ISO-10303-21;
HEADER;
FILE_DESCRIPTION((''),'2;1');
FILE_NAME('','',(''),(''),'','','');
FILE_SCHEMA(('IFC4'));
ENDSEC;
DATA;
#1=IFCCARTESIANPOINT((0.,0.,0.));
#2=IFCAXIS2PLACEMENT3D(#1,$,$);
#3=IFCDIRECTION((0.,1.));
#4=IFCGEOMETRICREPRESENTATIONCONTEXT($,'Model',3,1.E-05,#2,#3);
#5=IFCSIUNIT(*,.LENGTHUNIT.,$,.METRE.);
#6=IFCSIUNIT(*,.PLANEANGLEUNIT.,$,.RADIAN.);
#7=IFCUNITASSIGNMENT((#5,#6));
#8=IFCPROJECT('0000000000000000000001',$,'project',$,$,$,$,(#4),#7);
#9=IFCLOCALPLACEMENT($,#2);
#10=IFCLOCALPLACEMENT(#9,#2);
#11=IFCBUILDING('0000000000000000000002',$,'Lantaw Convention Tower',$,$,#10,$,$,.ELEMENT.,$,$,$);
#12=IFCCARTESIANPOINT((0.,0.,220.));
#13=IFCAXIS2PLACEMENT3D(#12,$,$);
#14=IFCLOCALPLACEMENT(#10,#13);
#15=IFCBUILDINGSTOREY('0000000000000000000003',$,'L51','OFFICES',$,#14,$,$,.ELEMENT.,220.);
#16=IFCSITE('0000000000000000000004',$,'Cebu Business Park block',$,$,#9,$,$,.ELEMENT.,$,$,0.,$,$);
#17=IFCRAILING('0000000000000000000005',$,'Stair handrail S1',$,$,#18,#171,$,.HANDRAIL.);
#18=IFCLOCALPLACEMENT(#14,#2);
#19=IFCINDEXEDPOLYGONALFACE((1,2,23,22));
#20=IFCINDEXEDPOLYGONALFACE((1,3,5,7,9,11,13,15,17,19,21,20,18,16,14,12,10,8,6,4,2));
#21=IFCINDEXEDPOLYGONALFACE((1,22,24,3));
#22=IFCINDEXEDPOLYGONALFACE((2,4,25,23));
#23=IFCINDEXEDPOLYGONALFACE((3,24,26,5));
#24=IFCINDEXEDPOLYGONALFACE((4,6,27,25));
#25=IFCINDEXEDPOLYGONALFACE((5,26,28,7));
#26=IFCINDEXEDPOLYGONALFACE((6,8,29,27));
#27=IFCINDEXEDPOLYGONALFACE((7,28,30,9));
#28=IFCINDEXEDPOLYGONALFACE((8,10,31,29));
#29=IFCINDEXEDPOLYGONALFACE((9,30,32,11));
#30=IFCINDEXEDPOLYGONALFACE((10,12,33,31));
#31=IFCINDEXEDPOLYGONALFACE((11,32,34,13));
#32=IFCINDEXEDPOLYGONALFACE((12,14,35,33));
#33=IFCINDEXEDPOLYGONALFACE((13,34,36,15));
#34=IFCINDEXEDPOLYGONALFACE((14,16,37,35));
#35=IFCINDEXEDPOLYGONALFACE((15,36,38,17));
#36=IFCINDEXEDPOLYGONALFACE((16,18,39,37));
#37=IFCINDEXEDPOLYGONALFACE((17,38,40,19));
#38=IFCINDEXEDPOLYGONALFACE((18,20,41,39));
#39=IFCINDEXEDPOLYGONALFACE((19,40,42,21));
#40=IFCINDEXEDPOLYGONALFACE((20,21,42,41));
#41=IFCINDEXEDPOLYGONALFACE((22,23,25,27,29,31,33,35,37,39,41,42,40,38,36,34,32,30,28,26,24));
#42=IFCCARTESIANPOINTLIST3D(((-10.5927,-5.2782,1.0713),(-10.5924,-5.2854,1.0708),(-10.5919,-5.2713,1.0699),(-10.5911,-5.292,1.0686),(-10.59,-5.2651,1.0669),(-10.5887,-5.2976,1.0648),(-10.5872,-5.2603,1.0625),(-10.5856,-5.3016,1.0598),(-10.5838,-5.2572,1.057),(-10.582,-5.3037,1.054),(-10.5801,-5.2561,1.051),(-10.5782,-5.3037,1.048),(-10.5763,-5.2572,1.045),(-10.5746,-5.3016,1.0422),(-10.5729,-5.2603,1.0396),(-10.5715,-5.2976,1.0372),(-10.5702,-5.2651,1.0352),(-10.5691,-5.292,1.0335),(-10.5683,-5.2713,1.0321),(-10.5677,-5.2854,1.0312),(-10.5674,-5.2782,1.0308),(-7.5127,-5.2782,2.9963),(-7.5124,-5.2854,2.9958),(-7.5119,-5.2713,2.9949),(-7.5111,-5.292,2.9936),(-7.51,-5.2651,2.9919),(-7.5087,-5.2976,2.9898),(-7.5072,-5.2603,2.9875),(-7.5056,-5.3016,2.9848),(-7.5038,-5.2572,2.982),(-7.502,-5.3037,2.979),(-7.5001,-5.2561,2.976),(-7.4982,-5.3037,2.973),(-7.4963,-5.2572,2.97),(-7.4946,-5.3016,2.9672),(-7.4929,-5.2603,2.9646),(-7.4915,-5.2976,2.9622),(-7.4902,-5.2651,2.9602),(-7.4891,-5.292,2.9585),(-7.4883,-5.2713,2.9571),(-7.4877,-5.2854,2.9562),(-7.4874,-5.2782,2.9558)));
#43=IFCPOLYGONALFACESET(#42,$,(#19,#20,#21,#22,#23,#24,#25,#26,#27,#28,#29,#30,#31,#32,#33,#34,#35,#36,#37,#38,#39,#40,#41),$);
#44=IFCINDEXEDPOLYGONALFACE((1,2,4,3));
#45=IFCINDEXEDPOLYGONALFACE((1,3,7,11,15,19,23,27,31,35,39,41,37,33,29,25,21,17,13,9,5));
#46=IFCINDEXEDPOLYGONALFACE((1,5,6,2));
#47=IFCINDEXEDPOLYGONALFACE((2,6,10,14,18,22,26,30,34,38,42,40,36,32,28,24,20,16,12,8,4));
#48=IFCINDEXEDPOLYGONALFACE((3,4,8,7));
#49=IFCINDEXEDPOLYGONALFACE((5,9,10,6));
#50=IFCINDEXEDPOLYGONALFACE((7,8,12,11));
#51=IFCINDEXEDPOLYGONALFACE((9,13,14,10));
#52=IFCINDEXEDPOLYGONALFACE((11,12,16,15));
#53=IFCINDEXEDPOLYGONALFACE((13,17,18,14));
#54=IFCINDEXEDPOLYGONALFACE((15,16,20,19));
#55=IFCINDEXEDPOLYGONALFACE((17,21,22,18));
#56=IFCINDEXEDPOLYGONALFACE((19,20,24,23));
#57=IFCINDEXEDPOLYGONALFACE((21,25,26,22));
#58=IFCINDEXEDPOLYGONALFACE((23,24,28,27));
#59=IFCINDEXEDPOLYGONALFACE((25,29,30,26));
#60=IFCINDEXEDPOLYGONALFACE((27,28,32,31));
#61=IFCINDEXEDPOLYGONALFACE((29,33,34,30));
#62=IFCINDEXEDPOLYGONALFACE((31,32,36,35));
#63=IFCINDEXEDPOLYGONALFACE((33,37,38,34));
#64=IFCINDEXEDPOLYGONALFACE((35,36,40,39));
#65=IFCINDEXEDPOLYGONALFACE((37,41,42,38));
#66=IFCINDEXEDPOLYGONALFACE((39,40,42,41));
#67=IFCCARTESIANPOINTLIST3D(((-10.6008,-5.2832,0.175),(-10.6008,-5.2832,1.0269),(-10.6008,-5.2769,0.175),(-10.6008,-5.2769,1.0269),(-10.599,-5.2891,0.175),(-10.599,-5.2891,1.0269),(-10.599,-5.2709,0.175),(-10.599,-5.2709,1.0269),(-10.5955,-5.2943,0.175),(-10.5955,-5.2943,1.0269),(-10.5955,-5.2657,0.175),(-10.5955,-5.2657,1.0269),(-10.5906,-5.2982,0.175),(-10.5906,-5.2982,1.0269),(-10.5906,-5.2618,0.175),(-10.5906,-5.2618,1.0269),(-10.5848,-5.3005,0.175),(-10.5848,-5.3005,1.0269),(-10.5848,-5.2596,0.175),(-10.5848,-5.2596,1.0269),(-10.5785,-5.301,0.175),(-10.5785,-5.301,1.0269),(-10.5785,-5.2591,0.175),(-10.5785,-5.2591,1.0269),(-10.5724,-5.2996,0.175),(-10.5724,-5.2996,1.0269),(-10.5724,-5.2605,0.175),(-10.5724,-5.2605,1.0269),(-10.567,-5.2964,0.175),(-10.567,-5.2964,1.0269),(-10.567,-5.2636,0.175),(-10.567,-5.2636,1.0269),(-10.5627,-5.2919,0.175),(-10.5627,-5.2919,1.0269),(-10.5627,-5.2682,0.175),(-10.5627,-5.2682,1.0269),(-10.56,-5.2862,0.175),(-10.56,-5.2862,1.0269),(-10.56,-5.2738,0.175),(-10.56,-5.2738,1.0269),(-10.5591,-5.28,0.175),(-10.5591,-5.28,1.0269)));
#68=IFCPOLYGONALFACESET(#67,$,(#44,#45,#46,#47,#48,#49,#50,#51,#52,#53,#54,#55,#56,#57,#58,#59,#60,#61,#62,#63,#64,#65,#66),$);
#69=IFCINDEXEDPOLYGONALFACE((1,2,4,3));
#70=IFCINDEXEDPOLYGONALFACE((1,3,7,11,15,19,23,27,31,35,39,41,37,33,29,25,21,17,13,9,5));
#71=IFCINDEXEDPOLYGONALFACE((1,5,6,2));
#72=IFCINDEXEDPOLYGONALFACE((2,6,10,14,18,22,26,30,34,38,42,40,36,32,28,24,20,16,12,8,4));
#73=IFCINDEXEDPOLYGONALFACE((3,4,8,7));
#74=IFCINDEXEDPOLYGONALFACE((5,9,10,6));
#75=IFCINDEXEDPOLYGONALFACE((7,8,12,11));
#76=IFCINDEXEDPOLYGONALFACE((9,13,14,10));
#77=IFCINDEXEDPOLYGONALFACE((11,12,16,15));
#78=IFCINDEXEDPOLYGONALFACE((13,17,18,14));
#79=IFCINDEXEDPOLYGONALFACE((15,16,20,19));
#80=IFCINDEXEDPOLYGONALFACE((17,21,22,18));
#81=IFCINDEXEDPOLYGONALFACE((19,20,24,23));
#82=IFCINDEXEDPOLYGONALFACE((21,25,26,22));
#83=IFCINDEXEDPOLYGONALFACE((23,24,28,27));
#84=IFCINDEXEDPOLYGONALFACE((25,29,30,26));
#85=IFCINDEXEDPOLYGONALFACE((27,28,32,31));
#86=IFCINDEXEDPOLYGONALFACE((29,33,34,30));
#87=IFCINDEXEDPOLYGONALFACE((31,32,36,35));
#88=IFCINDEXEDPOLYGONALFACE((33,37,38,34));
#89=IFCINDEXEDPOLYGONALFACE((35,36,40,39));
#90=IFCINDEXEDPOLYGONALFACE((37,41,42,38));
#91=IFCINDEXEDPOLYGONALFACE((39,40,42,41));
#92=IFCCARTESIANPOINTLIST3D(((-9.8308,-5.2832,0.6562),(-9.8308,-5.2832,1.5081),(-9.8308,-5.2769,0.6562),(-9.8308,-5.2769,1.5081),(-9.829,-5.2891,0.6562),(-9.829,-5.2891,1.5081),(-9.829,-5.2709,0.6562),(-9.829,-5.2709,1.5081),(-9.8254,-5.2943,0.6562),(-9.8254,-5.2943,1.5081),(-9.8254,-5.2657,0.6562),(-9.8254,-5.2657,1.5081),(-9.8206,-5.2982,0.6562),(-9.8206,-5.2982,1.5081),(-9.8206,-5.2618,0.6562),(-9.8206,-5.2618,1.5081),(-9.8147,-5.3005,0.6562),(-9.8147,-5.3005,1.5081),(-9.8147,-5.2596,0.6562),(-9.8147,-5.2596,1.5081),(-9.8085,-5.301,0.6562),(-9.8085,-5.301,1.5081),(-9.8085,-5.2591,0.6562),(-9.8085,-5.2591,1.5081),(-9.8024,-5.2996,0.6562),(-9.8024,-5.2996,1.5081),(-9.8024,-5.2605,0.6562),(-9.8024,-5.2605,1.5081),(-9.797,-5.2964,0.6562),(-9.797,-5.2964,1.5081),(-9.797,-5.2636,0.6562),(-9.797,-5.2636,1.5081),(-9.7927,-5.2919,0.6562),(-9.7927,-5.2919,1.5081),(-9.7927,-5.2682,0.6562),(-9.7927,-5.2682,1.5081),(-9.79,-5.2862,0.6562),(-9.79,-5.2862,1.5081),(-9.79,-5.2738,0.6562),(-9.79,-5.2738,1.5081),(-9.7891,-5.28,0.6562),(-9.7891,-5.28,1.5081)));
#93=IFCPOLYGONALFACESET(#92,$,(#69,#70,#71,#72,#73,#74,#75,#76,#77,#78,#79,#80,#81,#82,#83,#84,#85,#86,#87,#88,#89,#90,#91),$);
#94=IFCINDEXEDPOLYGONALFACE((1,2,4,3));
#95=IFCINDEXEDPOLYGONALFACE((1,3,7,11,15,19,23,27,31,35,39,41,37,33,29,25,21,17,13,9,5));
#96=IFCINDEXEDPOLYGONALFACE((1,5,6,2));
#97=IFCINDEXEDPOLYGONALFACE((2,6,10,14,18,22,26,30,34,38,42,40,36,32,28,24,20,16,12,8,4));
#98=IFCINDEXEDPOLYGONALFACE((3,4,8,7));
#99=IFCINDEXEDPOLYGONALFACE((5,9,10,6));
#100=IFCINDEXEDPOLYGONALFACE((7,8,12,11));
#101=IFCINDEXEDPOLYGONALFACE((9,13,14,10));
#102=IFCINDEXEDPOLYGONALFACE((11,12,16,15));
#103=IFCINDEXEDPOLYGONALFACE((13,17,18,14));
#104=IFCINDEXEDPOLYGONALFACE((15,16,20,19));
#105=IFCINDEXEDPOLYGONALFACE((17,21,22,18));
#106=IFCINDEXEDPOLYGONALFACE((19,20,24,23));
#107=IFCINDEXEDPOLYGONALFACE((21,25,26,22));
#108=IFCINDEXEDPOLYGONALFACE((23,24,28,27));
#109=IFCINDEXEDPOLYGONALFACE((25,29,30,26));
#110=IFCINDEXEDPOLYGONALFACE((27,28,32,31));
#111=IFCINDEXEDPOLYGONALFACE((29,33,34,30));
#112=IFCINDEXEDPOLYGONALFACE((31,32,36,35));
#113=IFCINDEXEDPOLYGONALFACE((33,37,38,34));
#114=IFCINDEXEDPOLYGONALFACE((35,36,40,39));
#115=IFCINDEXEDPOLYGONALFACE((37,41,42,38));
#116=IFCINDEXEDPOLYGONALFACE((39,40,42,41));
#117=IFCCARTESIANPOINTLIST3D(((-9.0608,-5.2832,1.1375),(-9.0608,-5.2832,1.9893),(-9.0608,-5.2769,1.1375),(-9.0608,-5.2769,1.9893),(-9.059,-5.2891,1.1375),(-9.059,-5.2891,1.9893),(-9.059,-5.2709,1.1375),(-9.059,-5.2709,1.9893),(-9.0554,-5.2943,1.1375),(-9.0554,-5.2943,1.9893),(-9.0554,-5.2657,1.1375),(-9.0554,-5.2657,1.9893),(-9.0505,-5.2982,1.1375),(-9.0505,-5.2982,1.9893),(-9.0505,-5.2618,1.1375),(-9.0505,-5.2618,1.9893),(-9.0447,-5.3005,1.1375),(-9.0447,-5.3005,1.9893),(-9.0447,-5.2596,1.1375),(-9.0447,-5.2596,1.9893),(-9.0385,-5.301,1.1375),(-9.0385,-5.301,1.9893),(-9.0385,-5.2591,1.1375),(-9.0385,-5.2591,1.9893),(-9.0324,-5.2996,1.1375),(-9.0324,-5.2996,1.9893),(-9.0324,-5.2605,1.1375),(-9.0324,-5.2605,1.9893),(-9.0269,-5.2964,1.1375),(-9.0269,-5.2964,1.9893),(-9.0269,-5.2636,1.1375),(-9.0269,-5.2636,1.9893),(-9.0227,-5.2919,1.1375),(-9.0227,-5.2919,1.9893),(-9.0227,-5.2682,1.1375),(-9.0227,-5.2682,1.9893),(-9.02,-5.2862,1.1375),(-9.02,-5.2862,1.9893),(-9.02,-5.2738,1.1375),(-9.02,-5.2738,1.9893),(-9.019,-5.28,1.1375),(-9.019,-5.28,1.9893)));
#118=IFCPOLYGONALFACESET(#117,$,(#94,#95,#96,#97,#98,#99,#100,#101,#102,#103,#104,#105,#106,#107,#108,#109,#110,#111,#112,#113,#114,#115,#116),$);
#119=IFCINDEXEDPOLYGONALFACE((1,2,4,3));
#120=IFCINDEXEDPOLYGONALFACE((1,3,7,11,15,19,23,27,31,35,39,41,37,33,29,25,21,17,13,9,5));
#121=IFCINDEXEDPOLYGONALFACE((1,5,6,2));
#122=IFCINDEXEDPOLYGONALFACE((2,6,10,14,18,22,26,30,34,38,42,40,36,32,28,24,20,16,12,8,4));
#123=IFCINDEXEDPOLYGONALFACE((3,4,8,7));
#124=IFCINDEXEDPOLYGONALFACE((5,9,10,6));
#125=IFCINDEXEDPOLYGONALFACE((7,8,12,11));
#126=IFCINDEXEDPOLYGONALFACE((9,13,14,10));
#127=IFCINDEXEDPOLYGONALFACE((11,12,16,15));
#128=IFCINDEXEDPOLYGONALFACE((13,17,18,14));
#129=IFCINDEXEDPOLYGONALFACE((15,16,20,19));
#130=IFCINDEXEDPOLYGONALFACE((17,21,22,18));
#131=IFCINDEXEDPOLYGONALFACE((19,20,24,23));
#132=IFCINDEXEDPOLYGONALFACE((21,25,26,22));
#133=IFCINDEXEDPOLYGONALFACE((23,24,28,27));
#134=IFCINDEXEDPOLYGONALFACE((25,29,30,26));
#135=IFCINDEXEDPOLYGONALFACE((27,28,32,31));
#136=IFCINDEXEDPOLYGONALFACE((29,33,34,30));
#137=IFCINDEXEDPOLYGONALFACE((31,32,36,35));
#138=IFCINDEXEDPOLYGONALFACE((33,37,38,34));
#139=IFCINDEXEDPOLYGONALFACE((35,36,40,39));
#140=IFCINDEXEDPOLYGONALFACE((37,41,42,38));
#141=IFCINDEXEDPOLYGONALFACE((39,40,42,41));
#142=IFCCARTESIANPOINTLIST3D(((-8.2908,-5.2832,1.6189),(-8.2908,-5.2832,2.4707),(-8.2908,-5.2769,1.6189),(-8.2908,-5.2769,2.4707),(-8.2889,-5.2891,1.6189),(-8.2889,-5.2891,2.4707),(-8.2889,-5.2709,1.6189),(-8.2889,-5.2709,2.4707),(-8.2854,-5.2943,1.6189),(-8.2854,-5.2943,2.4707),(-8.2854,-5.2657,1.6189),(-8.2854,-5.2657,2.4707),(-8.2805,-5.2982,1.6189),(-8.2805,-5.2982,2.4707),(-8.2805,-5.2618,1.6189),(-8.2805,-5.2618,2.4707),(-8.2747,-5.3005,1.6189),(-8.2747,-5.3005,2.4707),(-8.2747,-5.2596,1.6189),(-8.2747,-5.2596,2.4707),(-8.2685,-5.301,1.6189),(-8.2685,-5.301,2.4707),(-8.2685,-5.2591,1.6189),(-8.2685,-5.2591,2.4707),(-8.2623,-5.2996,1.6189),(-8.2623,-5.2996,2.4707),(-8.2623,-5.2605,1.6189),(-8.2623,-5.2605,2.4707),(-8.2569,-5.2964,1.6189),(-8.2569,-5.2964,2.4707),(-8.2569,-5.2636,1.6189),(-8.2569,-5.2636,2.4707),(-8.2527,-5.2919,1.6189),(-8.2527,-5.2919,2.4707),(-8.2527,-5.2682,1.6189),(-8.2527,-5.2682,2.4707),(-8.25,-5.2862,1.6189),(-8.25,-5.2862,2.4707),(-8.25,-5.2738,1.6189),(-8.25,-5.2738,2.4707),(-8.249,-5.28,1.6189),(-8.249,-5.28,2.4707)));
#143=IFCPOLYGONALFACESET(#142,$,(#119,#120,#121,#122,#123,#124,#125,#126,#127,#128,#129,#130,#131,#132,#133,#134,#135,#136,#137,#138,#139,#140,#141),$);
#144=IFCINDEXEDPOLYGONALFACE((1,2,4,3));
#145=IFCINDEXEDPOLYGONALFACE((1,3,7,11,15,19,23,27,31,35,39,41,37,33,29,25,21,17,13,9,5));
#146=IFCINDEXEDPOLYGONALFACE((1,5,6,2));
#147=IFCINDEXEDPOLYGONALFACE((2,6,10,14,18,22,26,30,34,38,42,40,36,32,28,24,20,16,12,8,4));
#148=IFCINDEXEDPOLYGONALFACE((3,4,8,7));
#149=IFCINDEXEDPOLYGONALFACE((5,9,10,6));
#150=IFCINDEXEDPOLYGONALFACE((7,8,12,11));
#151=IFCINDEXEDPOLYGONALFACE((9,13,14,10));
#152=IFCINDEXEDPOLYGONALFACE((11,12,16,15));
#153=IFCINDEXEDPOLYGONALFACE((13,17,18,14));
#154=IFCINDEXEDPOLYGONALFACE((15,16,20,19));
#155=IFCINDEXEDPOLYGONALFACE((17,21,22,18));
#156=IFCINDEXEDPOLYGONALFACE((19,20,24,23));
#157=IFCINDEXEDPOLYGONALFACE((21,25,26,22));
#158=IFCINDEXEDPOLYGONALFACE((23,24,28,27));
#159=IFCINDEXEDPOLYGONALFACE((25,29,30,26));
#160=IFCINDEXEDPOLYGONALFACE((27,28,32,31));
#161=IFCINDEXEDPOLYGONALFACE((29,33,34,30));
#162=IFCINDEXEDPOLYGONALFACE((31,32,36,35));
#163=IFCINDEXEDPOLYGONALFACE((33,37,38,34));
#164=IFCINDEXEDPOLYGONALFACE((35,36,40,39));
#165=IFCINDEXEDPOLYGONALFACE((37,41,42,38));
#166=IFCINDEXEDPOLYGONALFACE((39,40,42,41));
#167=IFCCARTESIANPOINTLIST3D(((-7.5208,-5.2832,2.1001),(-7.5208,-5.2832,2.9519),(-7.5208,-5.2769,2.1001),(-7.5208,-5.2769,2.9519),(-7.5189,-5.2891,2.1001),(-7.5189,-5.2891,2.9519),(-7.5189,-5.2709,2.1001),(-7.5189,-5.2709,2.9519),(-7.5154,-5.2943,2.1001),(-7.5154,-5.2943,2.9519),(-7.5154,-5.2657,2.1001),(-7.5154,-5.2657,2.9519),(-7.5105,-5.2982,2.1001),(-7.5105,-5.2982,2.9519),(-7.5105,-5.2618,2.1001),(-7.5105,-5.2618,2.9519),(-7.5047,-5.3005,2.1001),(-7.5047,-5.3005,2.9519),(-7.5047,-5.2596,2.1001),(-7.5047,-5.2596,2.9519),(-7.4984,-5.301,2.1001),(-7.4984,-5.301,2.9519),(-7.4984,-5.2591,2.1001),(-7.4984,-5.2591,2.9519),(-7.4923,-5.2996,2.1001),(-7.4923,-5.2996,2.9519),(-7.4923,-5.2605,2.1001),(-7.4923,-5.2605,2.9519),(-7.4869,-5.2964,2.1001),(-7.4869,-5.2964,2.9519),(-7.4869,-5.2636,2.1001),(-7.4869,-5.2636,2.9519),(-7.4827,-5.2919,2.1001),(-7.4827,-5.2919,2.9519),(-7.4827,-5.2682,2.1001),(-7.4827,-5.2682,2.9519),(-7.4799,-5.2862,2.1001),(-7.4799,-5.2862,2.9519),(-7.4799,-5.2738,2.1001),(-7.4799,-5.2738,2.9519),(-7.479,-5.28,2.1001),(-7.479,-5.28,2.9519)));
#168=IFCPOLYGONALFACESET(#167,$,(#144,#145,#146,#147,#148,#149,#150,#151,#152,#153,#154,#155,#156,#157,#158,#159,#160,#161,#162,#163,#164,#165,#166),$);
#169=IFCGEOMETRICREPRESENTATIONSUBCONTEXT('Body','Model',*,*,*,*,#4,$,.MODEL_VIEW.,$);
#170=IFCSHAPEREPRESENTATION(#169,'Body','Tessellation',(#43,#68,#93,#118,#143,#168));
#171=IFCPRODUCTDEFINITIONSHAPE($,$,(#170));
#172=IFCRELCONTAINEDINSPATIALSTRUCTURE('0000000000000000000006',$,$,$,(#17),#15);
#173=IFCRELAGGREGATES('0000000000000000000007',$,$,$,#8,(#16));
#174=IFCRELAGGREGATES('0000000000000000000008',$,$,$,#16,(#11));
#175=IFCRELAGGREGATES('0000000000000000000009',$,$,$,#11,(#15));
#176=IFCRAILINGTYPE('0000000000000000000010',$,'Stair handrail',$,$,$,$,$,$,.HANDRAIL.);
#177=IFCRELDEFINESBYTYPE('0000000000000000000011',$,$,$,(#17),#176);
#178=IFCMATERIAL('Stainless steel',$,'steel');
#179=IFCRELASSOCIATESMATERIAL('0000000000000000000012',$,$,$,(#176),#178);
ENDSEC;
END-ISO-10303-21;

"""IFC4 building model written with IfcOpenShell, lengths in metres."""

from ifc_helpers import new_model, si_unit, direction, frame, origin, origin_2d, place, context, subcontext, project, spatial, circle, extrude, material, type_object, element, save


model = new_model("IFC4")

# Units and contexts
model_context = context("Model", 3, precision=1e-05, world=origin(), true_north=direction((0.0, 1.0)))
body_context = subcontext(model_context, "Body", "Model", "MODEL_VIEW")
ifc_project = project(units=[si_unit("LENGTHUNIT", "METRE"), si_unit("PLANEANGLEUNIT", "RADIAN")], contexts=[model_context])

# Site, building, storey
site_placement = place(None, origin())
site = spatial("IfcSite", under=ifc_project, at=site_placement, Name="Cebu Business Park block", CompositionType="ELEMENT", RefElevation=0.0)
building_placement = place(site_placement, origin())
building = spatial("IfcBuilding", under=site, at=building_placement, Name="Lantaw Convention Tower", CompositionType="ELEMENT")
storey_placement = place(building_placement, frame((0.0, 0.0, 220.0)))
storey = spatial("IfcBuildingStorey", under=building, at=storey_placement, Name="L51", Description="OFFICES", CompositionType="ELEMENT", Elevation=220.0)

# Shared definitions
ifc_material_1 = material(Name="Stainless steel", Category="steel")

# Railing
railing_type = type_object("IfcRailingType", Name="Stair handrail", PredefinedType="HANDRAIL", material=ifc_material_1)
railing_1_placement = place(storey_placement, frame((-10.5801, -5.28, 0.175)))
element("IfcRailing", 1, at=railing_1_placement, inside=storey, type_object=railing_type, Name="Stair handrail S1", PredefinedType="HANDRAIL", context=body_context, shape_type="SweptSolid", body=[
    extrude(circle(Radius=0.0239, at=origin_2d()), frame((0.0, 0.0, 0.876), z_axis=(0.847998, 0.0, 0.529999), x_axis=(0.0, 1.0, 0.0)), (0.0, 0.0, 1.0), 3.6321),
    extrude(circle(Radius=0.021, at=origin_2d()), origin(), (0.0, 0.0, 1.0), 0.8518),
    extrude(circle(Radius=0.021, at=origin_2d()), frame((0.77, 0.0, 0.4812)), (0.0, 0.0, 1.0), 0.8518),
    extrude(circle(Radius=0.021, at=origin_2d()), frame((1.54, 0.0, 0.9624)), (0.0, 0.0, 1.0), 0.8518),
    extrude(circle(Radius=0.021, at=origin_2d()), frame((2.3101, 0.0, 1.4438)), (0.0, 0.0, 1.0), 0.8518),
    extrude(circle(Radius=0.021, at=origin_2d()), frame((3.0801, 0.0, 1.925)), (0.0, 0.0, 1.0), 0.8518),
])

save(model, "model.ifc")
